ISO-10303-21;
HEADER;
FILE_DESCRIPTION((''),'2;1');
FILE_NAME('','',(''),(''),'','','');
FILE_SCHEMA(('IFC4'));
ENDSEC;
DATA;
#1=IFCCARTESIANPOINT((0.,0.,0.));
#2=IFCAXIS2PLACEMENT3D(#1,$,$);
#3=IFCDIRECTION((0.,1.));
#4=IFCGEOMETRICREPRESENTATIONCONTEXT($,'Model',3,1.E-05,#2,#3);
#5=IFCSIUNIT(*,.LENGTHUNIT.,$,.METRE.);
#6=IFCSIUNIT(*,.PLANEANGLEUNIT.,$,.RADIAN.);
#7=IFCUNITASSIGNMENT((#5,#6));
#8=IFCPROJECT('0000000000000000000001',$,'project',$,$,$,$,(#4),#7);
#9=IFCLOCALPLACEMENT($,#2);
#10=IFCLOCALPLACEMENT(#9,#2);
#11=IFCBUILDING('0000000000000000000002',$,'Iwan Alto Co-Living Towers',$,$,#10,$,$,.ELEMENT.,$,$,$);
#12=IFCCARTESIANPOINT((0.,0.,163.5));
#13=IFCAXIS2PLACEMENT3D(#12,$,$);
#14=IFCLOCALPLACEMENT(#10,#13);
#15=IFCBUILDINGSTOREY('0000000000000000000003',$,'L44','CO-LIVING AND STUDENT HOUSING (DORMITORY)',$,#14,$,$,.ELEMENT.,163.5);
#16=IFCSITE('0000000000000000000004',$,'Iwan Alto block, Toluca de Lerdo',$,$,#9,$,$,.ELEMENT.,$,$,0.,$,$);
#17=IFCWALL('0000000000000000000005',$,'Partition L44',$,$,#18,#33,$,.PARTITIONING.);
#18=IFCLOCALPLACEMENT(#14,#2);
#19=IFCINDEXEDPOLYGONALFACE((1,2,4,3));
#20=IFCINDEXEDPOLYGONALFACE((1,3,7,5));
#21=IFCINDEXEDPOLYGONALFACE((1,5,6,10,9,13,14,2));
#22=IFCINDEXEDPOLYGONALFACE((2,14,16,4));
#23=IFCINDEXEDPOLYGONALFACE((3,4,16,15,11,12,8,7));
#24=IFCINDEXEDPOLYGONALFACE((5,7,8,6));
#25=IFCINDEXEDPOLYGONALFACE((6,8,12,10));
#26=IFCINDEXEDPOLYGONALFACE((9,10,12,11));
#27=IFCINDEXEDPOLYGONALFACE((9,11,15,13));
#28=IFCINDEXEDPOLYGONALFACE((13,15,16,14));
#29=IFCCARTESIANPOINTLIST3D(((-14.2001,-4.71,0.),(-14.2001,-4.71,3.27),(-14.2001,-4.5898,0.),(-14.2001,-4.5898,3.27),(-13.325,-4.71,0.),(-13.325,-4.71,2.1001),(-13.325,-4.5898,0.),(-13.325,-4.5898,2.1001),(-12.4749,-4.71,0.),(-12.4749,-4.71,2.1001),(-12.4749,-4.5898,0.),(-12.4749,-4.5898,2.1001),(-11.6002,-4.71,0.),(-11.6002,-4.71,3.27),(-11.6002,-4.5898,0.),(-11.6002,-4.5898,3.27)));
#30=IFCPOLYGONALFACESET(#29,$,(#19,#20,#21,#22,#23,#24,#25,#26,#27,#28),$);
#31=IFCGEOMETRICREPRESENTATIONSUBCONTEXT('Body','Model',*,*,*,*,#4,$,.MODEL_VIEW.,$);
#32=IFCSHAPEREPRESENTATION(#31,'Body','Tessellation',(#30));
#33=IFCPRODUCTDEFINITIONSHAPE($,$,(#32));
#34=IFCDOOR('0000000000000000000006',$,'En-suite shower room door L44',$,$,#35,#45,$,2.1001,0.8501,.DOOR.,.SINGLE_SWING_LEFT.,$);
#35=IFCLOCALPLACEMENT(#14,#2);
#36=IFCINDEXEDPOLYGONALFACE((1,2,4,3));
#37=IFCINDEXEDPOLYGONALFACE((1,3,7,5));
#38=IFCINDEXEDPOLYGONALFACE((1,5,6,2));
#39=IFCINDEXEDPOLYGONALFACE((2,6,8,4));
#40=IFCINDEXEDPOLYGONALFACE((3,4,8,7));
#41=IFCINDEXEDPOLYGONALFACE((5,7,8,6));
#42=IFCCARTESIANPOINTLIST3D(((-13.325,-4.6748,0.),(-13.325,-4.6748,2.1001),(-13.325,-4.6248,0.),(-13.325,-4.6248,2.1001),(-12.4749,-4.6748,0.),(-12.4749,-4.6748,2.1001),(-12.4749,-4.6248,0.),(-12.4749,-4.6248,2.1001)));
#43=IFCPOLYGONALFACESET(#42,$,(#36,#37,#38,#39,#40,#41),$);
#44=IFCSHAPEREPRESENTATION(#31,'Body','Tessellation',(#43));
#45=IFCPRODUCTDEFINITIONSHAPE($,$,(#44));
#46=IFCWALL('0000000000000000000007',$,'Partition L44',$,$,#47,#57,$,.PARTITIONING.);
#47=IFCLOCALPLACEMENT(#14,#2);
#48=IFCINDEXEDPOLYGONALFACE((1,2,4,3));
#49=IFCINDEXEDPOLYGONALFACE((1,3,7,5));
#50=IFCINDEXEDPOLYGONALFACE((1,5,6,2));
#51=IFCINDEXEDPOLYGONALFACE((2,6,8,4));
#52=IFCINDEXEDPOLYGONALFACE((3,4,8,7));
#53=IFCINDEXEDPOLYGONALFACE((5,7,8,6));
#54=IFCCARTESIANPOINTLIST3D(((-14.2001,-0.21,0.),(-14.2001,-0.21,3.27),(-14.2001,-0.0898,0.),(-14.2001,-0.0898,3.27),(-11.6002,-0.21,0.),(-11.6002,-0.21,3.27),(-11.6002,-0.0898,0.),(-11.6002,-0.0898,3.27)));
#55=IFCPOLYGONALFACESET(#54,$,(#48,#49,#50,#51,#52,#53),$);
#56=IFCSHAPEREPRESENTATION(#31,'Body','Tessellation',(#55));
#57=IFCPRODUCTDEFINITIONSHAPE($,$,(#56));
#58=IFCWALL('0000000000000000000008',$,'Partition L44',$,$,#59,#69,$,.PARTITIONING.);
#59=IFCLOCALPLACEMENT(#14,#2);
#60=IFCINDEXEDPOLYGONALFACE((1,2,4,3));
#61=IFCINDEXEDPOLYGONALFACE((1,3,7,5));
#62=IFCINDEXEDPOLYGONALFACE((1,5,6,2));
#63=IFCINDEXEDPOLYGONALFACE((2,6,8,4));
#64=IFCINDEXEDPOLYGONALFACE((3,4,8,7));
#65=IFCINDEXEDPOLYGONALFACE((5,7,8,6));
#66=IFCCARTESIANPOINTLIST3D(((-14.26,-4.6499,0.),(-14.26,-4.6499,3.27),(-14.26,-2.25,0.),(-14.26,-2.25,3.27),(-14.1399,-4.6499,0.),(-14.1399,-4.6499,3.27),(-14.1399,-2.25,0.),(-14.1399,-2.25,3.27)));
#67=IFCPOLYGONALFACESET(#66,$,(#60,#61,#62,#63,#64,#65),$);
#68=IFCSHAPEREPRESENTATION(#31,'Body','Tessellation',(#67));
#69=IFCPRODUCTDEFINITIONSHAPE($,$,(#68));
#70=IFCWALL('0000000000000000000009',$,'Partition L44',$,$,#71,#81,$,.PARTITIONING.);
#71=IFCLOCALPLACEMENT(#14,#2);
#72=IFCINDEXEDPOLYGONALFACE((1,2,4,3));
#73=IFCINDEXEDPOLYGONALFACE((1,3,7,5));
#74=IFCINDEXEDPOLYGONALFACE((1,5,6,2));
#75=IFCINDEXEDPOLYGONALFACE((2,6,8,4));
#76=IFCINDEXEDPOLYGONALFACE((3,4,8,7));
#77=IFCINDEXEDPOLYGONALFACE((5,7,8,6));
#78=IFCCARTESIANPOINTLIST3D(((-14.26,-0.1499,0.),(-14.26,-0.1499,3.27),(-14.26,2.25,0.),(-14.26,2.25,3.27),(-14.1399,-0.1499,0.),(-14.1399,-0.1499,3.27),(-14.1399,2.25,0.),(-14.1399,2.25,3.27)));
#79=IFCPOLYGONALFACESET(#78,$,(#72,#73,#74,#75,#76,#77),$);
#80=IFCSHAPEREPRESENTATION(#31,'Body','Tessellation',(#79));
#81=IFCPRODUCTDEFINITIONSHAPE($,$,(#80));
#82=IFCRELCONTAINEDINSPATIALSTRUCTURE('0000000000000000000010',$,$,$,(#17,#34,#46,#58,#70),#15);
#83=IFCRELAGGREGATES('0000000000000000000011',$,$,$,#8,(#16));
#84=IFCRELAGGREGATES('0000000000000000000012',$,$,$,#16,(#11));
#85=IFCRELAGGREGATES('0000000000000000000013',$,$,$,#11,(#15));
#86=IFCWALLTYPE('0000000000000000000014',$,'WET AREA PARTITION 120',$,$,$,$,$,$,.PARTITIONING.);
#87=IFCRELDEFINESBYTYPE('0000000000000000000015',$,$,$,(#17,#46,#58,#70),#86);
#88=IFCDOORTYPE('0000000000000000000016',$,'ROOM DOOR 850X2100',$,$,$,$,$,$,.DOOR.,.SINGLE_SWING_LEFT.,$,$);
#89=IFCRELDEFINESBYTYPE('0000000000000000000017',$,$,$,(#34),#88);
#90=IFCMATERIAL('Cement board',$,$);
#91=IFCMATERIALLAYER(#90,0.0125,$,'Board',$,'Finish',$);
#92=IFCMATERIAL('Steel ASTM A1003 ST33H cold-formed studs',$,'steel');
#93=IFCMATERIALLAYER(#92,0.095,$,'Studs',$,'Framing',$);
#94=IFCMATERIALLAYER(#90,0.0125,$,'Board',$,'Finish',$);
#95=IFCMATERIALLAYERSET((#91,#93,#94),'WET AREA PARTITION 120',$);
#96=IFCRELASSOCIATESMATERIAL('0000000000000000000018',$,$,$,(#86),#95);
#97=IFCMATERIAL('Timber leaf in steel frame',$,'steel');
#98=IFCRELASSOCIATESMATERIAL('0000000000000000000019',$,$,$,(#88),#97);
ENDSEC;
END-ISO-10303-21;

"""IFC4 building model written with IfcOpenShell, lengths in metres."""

from ifc_helpers import new_model, si_unit, direction, frame, frame_2d, origin, place, context, subcontext, project, spatial, rectangle, extrude, material, layer, layer_set, type_object, element, fill, save


model = new_model("IFC4")

# Units and contexts
model_context = context("Model", 3, precision=1e-05, world=origin(), true_north=direction((0.0, 1.0)))
body_context = subcontext(model_context, "Body", "Model", "MODEL_VIEW")
ifc_project = project(units=[si_unit("LENGTHUNIT", "METRE"), si_unit("PLANEANGLEUNIT", "RADIAN")], contexts=[model_context])

# Site, building, storey
site_placement = place(None, origin())
site = spatial("IfcSite", under=ifc_project, at=site_placement, Name="Iwan Alto block, Toluca de Lerdo", CompositionType="ELEMENT", RefElevation=0.0)
building_placement = place(site_placement, origin())
building = spatial("IfcBuilding", under=site, at=building_placement, Name="Iwan Alto Co-Living Towers", CompositionType="ELEMENT")
storey_placement = place(building_placement, frame((0.0, 0.0, 163.5)))
storey = spatial("IfcBuildingStorey", under=building, at=storey_placement, Name="L44", Description="CO-LIVING AND STUDENT HOUSING (DORMITORY)", CompositionType="ELEMENT", Elevation=163.5)

# Wall, opening, door
ifc_material_1 = material(Name="Steel ASTM A1003 ST33H cold-formed studs", Category="steel")
ifc_material_2 = material(Name="Cement board")
ifc_layer_1 = layer(ifc_material_2, 0.0125, Name="Board", Category="Finish")
ifc_layer_2 = layer(ifc_material_1, 0.095, Name="Studs", Category="Framing")
ifc_layer_3 = layer(ifc_material_2, 0.0125, Name="Board", Category="Finish")
ifc_layer_set_1 = layer_set([ifc_layer_1, ifc_layer_2, ifc_layer_3], Name="WET AREA PARTITION 120")
wall_type_1 = type_object("IfcWallType", Name="WET AREA PARTITION 120", PredefinedType="PARTITIONING", material=ifc_layer_set_1)
wall_1_placement = place(storey_placement, frame((-14.2, -4.6499, 0.0), z_axis=(0.0, 0.0, 1.0), x_axis=(1.0, 0.0, 0.0)))
wall_1 = element("IfcWall", 1, at=wall_1_placement, inside=storey, type_object=wall_type_1, Name="Partition L44", PredefinedType="PARTITIONING", context=body_context, shape_type="SweptSolid", body=[
    extrude(rectangle(XDim=2.5999, YDim=0.1201, at=frame_2d((1.2998, 0.0))), origin(), (0.0, 0.0, 1.0), 3.27),
])
opening_1_placement = place(wall_1_placement, frame((0.875, 0.0, 0.0)))
opening_1 = element("IfcOpeningElement", 2, at=opening_1_placement, cuts=wall_1, PredefinedType="OPENING", context=body_context, shape_type="SweptSolid", body=[
    extrude(rectangle(XDim=0.8501, YDim=2.1001, at=frame_2d((0.425, 1.05))), frame((0.0, 0.0701, 0.0), z_axis=(0.0, -1.0, 0.0), x_axis=(1.0, 0.0, 0.0)), (0.0, 0.0, 1.0), 0.1401),
])
ifc_material_3 = material(Name="Timber leaf in steel frame", Category="steel")
door_type_1 = type_object("IfcDoorType", Name="ROOM DOOR 850X2100", OperationType="SINGLE_SWING_LEFT", PredefinedType="DOOR", material=ifc_material_3)
door_1_placement = place(opening_1_placement, frame((0.8501, 0.0, 0.0), z_axis=(0.0, 0.0, 1.0), x_axis=(-1.0, 0.0, 0.0)))
door_1 = element("IfcDoor", 3, at=door_1_placement, inside=storey, type_object=door_type_1, Name="En-suite shower room door L44", OperationType="SINGLE_SWING_LEFT", OverallHeight=2.1001, OverallWidth=0.8501, PredefinedType="DOOR", context=body_context, shape_type="SweptSolid", body=[
    extrude(rectangle(XDim=0.8501, YDim=2.1001, at=frame_2d((0.425, 1.05))), frame((0.0, 0.0249, 0.0), z_axis=(0.0, -1.0, 0.0), x_axis=(1.0, 0.0, 0.0)), (0.0, 0.0, 1.0), 0.05),
])
fill(opening_1, door_1)

# Walls
wall_2_placement = place(storey_placement, frame((-14.2, -0.1499, 0.0), z_axis=(0.0, 0.0, 1.0), x_axis=(1.0, 0.0, 0.0)))
element("IfcWall", 4, at=wall_2_placement, inside=storey, type_object=wall_type_1, Name="Partition L44", PredefinedType="PARTITIONING", context=body_context, shape_type="SweptSolid", body=[
    extrude(rectangle(XDim=2.5999, YDim=0.1201, at=frame_2d((1.2998, 0.0))), origin(), (0.0, 0.0, 1.0), 3.27),
])
for number, where, z_axis, x_axis, name in (
    (5, (-14.2, -4.6499, 0.0), (0.0, 0.0, 1.0), (0.0, 1.0, 0.0), "Partition L44"),
    (6, (-14.2, -0.1499, 0.0), (0.0, 0.0, 1.0), (0.0, 1.0, 0.0), "Partition L44"),
):
    element("IfcWall", number, at=place(storey_placement, frame(where, z_axis=z_axis, x_axis=x_axis)), inside=storey, type_object=wall_type_1, Name=name, PredefinedType="PARTITIONING", context=body_context, shape_type="SweptSolid", body=[
        extrude(rectangle(XDim=2.3999, YDim=0.1201, at=frame_2d((1.2, 0.0))), origin(), (0.0, 0.0, 1.0), 3.27),
    ])

save(model, "model.ifc")
